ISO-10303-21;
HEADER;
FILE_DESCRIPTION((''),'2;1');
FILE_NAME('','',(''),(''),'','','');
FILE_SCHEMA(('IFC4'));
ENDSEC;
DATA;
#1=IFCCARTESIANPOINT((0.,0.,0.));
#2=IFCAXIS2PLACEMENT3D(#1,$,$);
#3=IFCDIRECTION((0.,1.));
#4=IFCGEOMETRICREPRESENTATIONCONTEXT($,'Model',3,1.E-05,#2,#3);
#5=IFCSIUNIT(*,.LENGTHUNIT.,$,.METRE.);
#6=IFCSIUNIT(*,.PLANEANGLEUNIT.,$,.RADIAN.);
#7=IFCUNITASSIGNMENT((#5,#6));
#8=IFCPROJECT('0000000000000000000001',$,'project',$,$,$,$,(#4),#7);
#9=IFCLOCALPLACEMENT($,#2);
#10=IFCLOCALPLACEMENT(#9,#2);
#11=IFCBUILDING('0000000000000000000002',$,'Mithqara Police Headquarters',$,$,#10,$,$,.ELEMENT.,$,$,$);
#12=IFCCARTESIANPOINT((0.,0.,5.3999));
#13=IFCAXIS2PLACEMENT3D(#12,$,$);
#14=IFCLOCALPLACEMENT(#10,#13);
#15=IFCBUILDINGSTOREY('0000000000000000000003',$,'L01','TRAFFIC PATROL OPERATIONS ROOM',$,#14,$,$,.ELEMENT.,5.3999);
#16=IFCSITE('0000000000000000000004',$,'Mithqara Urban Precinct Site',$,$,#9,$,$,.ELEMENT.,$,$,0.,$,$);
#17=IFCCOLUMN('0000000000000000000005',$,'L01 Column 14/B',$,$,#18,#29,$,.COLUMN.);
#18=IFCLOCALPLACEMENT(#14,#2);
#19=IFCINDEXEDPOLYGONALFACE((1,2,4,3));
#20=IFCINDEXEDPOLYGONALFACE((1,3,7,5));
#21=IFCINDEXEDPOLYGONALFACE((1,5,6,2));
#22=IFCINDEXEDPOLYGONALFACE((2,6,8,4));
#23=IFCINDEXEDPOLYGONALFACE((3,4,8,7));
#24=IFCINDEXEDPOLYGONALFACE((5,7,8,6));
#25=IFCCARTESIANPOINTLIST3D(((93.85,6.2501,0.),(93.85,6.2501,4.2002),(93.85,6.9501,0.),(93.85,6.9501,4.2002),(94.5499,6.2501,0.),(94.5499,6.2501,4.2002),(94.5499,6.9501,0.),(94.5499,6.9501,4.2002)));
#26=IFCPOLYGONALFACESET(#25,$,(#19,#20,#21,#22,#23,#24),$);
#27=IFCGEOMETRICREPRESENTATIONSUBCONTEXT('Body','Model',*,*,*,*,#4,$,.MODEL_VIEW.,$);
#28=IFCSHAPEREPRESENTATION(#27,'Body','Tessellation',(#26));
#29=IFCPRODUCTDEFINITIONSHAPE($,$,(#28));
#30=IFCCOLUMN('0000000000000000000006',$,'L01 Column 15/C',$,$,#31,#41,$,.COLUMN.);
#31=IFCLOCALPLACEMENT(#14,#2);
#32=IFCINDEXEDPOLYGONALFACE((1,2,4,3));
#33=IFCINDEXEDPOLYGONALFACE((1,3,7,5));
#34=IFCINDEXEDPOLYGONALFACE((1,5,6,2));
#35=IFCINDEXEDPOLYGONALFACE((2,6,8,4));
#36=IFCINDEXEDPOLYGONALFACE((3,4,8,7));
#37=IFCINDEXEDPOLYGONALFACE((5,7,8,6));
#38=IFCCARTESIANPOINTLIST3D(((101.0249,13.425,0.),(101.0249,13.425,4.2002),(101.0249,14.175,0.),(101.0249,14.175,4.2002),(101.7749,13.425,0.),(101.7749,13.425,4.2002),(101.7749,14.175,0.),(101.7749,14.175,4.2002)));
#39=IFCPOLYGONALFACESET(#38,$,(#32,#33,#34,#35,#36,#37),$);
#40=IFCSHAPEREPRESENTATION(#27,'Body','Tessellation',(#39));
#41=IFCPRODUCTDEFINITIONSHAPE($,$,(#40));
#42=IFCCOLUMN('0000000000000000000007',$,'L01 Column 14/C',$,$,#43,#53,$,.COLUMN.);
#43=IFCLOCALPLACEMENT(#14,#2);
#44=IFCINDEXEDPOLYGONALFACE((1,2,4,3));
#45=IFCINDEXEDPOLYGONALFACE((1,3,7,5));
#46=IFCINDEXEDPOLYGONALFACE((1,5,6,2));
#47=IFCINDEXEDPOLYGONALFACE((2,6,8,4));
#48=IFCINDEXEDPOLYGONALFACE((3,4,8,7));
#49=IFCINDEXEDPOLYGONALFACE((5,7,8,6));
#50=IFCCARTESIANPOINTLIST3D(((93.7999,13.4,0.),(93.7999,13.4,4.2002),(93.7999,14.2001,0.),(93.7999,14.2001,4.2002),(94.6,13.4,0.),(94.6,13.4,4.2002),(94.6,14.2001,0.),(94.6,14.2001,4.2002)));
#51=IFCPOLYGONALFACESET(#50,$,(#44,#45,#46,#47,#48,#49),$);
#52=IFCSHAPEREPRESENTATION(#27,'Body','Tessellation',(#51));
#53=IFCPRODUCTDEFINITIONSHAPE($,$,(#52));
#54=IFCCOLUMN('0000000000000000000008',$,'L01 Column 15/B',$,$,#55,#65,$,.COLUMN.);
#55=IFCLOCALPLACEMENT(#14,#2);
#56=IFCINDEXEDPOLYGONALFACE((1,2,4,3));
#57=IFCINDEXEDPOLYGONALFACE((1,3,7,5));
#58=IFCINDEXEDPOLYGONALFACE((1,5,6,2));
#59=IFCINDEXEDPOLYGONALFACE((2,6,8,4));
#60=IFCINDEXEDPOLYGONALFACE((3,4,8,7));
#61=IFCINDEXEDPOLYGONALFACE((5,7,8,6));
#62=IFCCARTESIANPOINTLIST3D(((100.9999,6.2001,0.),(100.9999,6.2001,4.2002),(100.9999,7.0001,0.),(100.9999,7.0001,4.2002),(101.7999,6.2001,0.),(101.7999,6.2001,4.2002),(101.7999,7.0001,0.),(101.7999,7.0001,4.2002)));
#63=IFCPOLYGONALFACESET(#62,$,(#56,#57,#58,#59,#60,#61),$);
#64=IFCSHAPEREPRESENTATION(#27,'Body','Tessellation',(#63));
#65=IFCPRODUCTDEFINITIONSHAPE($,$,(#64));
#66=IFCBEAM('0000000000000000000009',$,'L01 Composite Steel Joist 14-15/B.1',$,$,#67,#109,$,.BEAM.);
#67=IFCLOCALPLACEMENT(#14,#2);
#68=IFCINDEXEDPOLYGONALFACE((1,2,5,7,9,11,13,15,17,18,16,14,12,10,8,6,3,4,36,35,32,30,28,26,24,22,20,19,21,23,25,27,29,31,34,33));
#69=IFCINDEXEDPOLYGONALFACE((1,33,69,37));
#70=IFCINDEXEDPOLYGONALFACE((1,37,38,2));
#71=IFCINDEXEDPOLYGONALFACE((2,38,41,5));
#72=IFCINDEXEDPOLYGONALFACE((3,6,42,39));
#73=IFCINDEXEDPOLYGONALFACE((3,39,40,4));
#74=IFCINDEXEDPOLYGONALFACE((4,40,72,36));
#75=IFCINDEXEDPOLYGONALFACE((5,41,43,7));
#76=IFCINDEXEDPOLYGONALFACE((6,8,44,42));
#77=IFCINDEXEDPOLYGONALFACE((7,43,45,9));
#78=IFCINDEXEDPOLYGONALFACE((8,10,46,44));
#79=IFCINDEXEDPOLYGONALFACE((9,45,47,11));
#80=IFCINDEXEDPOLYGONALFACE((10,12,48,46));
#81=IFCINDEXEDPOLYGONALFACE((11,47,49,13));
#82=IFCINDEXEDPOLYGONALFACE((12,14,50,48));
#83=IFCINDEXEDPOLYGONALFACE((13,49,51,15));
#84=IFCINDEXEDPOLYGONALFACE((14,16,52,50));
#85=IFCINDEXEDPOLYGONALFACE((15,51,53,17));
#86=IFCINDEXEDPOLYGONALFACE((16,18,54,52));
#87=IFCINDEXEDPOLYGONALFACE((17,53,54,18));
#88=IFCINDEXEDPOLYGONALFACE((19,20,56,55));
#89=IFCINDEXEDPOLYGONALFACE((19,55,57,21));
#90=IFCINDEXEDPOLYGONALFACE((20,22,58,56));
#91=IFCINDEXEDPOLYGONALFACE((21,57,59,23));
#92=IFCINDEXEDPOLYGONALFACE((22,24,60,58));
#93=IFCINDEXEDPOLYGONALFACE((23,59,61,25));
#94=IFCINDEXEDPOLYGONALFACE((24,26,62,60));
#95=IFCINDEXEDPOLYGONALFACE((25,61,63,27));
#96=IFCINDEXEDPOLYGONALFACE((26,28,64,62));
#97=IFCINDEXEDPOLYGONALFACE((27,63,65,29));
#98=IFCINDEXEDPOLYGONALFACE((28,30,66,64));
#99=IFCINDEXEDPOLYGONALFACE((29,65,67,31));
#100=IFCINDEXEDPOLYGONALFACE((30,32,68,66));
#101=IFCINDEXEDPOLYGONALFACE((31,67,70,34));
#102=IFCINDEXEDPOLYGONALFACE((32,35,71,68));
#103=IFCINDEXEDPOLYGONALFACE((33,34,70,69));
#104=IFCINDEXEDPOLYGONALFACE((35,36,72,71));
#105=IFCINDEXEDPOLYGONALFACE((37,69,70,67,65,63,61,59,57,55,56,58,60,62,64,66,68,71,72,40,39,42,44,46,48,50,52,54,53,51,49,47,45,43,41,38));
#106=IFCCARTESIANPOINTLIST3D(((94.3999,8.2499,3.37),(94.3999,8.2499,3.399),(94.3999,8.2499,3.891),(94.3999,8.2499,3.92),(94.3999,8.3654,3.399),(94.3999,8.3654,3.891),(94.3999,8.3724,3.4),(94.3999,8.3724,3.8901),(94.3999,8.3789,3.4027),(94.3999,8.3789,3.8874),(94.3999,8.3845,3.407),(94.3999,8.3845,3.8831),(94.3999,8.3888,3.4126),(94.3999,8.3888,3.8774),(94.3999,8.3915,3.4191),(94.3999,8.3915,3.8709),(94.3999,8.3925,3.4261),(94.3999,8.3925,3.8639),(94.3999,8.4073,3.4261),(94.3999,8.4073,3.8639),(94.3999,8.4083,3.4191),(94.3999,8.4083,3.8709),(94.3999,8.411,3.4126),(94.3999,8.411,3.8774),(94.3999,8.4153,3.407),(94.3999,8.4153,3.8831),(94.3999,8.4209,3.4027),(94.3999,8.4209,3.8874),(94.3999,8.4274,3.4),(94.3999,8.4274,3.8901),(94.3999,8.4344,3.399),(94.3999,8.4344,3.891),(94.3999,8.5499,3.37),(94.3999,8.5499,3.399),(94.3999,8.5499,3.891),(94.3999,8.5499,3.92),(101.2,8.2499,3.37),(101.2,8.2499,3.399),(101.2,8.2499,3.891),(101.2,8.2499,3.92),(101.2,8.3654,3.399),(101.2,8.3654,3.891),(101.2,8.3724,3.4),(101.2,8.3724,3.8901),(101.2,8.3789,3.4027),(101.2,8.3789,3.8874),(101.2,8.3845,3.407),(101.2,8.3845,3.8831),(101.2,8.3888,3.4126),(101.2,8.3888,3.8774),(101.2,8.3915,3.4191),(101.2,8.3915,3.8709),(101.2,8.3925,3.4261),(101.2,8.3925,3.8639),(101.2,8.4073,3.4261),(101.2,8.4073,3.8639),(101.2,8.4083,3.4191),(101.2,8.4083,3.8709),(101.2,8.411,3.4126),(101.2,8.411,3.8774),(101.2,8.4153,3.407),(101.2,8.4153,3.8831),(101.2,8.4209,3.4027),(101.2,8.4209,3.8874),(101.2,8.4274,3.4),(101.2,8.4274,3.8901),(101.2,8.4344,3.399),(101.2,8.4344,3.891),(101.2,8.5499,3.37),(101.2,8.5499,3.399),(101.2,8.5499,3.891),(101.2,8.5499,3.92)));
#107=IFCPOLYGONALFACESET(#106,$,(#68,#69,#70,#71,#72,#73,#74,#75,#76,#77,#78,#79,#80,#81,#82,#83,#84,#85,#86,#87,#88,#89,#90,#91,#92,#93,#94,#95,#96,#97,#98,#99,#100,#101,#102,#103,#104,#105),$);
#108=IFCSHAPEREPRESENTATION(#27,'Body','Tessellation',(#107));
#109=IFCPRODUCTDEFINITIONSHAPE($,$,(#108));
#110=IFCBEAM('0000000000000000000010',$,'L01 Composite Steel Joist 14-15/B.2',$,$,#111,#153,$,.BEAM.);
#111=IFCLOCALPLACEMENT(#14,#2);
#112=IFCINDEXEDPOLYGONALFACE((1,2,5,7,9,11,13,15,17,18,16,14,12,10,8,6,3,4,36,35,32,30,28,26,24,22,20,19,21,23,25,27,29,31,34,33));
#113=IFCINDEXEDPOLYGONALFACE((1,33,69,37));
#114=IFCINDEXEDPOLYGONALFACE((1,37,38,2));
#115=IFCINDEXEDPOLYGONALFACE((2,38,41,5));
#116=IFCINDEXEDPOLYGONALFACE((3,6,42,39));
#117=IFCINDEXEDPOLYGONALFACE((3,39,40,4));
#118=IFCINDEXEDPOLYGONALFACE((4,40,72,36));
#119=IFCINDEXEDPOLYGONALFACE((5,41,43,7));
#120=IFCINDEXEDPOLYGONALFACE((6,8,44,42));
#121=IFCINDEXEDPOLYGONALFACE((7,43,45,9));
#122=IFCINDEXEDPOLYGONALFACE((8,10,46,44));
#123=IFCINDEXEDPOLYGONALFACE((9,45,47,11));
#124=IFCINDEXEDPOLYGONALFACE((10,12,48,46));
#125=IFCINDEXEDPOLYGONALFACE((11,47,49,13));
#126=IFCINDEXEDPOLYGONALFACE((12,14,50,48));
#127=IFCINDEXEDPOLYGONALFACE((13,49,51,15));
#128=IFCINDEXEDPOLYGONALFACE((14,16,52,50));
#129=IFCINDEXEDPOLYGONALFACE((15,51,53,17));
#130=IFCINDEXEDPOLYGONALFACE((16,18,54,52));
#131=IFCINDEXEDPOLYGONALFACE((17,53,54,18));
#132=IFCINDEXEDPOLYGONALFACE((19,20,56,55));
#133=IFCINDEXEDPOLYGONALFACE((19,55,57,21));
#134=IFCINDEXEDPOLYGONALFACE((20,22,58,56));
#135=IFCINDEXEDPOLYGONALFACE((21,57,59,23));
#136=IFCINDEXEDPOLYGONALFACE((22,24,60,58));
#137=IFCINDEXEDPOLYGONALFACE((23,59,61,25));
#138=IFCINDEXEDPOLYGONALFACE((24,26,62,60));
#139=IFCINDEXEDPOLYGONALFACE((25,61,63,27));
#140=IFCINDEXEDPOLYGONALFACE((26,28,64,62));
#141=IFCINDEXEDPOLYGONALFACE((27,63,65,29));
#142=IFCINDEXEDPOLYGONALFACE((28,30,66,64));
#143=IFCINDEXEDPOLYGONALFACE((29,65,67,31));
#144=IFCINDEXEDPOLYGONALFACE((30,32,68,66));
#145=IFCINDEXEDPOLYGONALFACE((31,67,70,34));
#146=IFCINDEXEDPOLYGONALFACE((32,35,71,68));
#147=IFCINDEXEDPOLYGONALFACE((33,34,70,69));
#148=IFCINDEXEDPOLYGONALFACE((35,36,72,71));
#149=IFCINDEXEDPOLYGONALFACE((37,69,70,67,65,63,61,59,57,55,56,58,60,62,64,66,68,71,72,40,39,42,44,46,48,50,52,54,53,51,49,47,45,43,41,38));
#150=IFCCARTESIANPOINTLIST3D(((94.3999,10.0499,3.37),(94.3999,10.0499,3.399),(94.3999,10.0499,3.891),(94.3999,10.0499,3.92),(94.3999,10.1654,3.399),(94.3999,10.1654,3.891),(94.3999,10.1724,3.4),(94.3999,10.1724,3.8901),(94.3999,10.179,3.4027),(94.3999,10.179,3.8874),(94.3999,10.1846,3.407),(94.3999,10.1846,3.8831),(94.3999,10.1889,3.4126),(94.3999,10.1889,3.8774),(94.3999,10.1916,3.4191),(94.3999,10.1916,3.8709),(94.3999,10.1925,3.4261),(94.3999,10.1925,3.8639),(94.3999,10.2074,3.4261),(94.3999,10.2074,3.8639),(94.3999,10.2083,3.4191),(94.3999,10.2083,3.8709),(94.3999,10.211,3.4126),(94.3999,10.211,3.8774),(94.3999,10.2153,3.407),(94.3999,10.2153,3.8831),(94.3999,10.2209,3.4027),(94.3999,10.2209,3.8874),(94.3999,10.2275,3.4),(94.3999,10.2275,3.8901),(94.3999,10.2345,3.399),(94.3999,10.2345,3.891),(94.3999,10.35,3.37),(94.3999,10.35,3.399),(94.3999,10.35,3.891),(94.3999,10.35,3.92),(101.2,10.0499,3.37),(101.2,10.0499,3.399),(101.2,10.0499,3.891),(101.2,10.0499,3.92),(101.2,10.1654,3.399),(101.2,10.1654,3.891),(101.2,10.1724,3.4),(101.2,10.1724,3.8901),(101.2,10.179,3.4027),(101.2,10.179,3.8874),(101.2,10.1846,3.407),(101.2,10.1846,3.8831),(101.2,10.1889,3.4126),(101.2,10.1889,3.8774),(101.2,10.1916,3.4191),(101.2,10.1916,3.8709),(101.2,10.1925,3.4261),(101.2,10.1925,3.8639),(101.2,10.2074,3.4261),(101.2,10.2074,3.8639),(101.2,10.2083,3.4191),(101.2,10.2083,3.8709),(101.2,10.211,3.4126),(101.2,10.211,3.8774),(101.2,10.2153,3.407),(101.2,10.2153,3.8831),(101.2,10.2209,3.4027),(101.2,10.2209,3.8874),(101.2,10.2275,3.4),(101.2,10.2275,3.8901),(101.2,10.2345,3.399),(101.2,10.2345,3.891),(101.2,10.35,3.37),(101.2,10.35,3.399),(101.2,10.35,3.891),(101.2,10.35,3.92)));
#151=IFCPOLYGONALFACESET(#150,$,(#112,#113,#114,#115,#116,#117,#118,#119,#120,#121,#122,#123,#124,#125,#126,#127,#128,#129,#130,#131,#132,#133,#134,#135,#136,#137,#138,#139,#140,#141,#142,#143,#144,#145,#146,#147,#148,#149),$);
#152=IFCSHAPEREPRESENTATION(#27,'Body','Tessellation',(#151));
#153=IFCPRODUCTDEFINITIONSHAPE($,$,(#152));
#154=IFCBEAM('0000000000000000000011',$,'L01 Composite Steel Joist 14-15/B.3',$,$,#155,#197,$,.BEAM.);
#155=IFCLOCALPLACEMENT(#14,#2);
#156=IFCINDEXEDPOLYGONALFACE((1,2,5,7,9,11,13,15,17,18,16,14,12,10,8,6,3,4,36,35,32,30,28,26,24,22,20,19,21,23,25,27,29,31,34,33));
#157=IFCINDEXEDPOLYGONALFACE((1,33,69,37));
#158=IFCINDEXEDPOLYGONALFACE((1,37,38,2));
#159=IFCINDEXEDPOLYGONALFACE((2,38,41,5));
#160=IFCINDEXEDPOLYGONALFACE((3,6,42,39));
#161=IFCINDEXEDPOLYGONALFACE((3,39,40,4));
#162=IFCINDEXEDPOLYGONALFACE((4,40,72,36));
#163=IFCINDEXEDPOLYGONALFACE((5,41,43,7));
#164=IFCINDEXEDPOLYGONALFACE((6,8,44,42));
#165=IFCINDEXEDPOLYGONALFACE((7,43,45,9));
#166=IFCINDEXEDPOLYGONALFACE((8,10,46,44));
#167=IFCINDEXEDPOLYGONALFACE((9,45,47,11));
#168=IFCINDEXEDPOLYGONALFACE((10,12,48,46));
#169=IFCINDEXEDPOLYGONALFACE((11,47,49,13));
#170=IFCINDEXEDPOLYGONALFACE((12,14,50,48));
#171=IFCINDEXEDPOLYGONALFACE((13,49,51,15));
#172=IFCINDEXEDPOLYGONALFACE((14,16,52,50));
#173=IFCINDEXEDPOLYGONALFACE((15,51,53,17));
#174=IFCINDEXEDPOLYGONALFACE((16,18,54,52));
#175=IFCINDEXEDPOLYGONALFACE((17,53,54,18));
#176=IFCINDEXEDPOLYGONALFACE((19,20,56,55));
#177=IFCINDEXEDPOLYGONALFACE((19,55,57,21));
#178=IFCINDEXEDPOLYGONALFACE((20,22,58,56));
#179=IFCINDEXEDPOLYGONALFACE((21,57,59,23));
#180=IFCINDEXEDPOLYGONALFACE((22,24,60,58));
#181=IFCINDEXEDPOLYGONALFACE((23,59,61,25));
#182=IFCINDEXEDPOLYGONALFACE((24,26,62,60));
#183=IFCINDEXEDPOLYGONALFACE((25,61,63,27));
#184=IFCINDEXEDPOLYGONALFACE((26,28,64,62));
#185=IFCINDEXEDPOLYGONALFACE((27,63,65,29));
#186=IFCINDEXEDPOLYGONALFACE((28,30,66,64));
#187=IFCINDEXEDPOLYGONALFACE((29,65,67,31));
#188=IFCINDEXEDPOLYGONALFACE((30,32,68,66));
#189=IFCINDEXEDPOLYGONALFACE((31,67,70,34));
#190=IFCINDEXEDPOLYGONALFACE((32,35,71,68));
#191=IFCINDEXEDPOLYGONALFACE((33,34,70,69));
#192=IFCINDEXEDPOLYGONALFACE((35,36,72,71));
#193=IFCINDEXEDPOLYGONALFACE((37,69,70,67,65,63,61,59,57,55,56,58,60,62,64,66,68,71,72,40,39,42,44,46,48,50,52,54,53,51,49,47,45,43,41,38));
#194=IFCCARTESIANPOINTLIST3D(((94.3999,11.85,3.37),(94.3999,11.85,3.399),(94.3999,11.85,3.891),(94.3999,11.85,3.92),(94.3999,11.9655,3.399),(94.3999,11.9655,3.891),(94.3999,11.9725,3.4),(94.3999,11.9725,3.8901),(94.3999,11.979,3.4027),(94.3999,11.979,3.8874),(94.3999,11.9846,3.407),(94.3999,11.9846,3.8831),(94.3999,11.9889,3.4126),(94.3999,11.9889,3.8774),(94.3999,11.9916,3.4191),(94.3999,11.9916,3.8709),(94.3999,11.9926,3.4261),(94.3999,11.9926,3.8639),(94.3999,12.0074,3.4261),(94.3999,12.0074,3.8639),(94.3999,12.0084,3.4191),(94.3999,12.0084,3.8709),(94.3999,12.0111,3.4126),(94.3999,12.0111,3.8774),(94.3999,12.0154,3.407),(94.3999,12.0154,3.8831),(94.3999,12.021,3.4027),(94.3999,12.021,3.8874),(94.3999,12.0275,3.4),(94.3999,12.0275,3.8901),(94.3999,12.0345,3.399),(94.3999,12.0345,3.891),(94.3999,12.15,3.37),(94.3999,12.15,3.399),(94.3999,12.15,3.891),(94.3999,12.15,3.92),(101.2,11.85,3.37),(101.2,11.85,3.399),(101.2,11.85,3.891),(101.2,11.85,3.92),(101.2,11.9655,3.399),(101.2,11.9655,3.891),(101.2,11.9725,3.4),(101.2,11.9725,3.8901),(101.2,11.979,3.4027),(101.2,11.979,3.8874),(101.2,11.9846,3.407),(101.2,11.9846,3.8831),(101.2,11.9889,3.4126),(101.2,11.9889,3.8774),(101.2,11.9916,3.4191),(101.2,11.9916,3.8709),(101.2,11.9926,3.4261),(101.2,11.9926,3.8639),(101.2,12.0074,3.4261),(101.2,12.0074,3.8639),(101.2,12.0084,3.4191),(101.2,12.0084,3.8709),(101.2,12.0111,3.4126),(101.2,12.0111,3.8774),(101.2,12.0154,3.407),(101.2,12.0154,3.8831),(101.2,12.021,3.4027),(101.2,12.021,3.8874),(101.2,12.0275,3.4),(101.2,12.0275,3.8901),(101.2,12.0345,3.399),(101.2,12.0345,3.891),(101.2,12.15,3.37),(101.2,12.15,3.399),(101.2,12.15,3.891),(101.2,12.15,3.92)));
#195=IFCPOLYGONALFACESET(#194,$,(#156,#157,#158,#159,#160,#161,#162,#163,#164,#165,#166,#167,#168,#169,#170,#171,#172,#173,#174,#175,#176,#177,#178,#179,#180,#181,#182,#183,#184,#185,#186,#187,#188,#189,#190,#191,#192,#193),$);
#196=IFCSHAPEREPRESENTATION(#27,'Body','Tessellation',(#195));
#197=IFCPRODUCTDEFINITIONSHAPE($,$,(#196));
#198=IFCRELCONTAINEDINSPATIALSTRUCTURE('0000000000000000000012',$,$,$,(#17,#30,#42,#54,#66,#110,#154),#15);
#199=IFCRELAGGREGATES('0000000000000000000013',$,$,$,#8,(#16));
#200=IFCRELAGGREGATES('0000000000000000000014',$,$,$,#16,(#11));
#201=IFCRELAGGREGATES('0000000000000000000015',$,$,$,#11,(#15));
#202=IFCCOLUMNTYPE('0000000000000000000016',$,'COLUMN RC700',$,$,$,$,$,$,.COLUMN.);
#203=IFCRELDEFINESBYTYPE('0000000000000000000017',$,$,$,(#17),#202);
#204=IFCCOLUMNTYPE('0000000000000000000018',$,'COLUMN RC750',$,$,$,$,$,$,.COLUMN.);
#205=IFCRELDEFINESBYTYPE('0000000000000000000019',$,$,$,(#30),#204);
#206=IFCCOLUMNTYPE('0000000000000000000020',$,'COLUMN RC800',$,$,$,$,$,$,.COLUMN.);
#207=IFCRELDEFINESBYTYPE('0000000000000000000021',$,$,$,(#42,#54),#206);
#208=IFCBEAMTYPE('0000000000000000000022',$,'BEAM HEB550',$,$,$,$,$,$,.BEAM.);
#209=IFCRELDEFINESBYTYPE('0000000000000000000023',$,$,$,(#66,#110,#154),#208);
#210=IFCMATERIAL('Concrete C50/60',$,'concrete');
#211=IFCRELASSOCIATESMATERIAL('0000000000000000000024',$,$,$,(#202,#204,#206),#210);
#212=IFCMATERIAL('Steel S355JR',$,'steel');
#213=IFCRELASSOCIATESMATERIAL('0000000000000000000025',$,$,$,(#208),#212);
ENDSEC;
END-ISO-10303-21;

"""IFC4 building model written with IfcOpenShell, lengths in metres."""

from ifc_helpers import new_model, si_unit, direction, frame, origin, origin_2d, place, context, subcontext, project, spatial, rectangle, i_section, extrude, material, material_profile, profile_set, type_object, element, save


model = new_model("IFC4")

# Units and contexts
model_context = context("Model", 3, precision=1e-05, world=origin(), true_north=direction((0.0, 1.0)))
body_context = subcontext(model_context, "Body", "Model", "MODEL_VIEW")
ifc_project = project(units=[si_unit("LENGTHUNIT", "METRE"), si_unit("PLANEANGLEUNIT", "RADIAN")], contexts=[model_context])

# Site, building, storey
site_placement = place(None, origin())
site = spatial("IfcSite", under=ifc_project, at=site_placement, Name="Mithqara Urban Precinct Site", CompositionType="ELEMENT", RefElevation=0.0)
building_placement = place(site_placement, origin())
building = spatial("IfcBuilding", under=site, at=building_placement, Name="Mithqara Police Headquarters", CompositionType="ELEMENT")
storey_placement = place(building_placement, frame((0.0, 0.0, 5.3999)))
storey = spatial("IfcBuildingStorey", under=building, at=storey_placement, Name="L01", Description="TRAFFIC PATROL OPERATIONS ROOM", CompositionType="ELEMENT", Elevation=5.3999)

# Columns
ifc_material_1 = material(Name="Concrete C50/60", Category="concrete")
ifc_material_profile_1 = material_profile(ifc_material_1, rectangle(XDim=0.7, YDim=0.7, at=origin_2d()), Name="RC 700x700")
ifc_profile_set_1 = profile_set([ifc_material_profile_1], Name="Concrete C50/60")
column_type_1 = type_object("IfcColumnType", Name="COLUMN RC700", PredefinedType="COLUMN", material=ifc_profile_set_1)
column_1_placement = place(storey_placement, frame((94.2, 6.6001, 0.0), z_axis=(0.0, 0.0, 1.0), x_axis=(1.0, 0.0, 0.0)))
element("IfcColumn", 1, at=column_1_placement, inside=storey, type_object=column_type_1, Name="L01 Column 14/B", PredefinedType="COLUMN", context=body_context, shape_type="SweptSolid", body=[
    extrude(rectangle(XDim=0.7, YDim=0.7, at=origin_2d()), origin(), (0.0, 0.0, 1.0), 4.2002),
])
ifc_material_profile_2 = material_profile(ifc_material_1, rectangle(XDim=0.75, YDim=0.75, at=origin_2d()), Name="RC 750x750")
ifc_profile_set_2 = profile_set([ifc_material_profile_2], Name="Concrete C50/60")
column_type_2 = type_object("IfcColumnType", Name="COLUMN RC750", PredefinedType="COLUMN", material=ifc_profile_set_2)
column_2_placement = place(storey_placement, frame((101.3999, 13.8, 0.0), z_axis=(0.0, 0.0, 1.0), x_axis=(1.0, 0.0, 0.0)))
element("IfcColumn", 2, at=column_2_placement, inside=storey, type_object=column_type_2, Name="L01 Column 15/C", PredefinedType="COLUMN", context=body_context, shape_type="SweptSolid", body=[
    extrude(rectangle(XDim=0.75, YDim=0.75, at=origin_2d()), origin(), (0.0, 0.0, 1.0), 4.2002),
])
ifc_material_profile_3 = material_profile(ifc_material_1, rectangle(XDim=0.8, YDim=0.8, at=origin_2d()), Name="RC 800x800")
ifc_profile_set_3 = profile_set([ifc_material_profile_3], Name="Concrete C50/60")
column_type_3 = type_object("IfcColumnType", Name="COLUMN RC800", PredefinedType="COLUMN", material=ifc_profile_set_3)
for number, where, z_axis, x_axis, name in (
    (3, (94.2, 13.8, 0.0), (0.0, 0.0, 1.0), (1.0, 0.0, 0.0), "L01 Column 14/C"),
    (4, (101.3999, 6.6001, 0.0), (0.0, 0.0, 1.0), (1.0, 0.0, 0.0), "L01 Column 15/B"),
):
    element("IfcColumn", number, at=place(storey_placement, frame(where, z_axis=z_axis, x_axis=x_axis)), inside=storey, type_object=column_type_3, Name=name, PredefinedType="COLUMN", context=body_context, shape_type="SweptSolid", body=[
        extrude(rectangle(XDim=0.8, YDim=0.8, at=origin_2d()), origin(), (0.0, 0.0, 1.0), 4.2002),
    ])

# Beams
ifc_material_2 = material(Name="Steel S355JR", Category="steel")
ifc_material_profile_4 = material_profile(ifc_material_2, i_section(OverallWidth=0.3, OverallDepth=0.55, WebThickness=0.0149, FlangeThickness=0.0291, FilletRadius=0.0271, at=origin_2d()), Name="HEB 550")
ifc_profile_set_4 = profile_set([ifc_material_profile_4], Name="Steel S355JR")
beam_type_1 = type_object("IfcBeamType", Name="BEAM HEB550", PredefinedType="BEAM", material=ifc_profile_set_4)
for number, where, z_axis, x_axis, name in (
    (5, (94.3999, 8.3999, 3.645), (1.0, 0.0, 0.0), (0.0, 1.0, 0.0), "L01 Composite Steel Joist 14-15/B.1"),
    (6, (94.3999, 10.2, 3.645), (1.0, 0.0, 0.0), (0.0, 1.0, 0.0), "L01 Composite Steel Joist 14-15/B.2"),
    (7, (94.3999, 12.0, 3.645), (1.0, 0.0, 0.0), (0.0, 1.0, 0.0), "L01 Composite Steel Joist 14-15/B.3"),
):
    element("IfcBeam", number, at=place(storey_placement, frame(where, z_axis=z_axis, x_axis=x_axis)), inside=storey, type_object=beam_type_1, Name=name, PredefinedType="BEAM", context=body_context, shape_type="SweptSolid", body=[
        extrude(i_section(OverallWidth=0.3, OverallDepth=0.55, WebThickness=0.0149, FlangeThickness=0.0291, FilletRadius=0.0271, at=origin_2d()), origin(), (0.0, 0.0, 1.0), 6.8),
    ])

save(model, "model.ifc")
